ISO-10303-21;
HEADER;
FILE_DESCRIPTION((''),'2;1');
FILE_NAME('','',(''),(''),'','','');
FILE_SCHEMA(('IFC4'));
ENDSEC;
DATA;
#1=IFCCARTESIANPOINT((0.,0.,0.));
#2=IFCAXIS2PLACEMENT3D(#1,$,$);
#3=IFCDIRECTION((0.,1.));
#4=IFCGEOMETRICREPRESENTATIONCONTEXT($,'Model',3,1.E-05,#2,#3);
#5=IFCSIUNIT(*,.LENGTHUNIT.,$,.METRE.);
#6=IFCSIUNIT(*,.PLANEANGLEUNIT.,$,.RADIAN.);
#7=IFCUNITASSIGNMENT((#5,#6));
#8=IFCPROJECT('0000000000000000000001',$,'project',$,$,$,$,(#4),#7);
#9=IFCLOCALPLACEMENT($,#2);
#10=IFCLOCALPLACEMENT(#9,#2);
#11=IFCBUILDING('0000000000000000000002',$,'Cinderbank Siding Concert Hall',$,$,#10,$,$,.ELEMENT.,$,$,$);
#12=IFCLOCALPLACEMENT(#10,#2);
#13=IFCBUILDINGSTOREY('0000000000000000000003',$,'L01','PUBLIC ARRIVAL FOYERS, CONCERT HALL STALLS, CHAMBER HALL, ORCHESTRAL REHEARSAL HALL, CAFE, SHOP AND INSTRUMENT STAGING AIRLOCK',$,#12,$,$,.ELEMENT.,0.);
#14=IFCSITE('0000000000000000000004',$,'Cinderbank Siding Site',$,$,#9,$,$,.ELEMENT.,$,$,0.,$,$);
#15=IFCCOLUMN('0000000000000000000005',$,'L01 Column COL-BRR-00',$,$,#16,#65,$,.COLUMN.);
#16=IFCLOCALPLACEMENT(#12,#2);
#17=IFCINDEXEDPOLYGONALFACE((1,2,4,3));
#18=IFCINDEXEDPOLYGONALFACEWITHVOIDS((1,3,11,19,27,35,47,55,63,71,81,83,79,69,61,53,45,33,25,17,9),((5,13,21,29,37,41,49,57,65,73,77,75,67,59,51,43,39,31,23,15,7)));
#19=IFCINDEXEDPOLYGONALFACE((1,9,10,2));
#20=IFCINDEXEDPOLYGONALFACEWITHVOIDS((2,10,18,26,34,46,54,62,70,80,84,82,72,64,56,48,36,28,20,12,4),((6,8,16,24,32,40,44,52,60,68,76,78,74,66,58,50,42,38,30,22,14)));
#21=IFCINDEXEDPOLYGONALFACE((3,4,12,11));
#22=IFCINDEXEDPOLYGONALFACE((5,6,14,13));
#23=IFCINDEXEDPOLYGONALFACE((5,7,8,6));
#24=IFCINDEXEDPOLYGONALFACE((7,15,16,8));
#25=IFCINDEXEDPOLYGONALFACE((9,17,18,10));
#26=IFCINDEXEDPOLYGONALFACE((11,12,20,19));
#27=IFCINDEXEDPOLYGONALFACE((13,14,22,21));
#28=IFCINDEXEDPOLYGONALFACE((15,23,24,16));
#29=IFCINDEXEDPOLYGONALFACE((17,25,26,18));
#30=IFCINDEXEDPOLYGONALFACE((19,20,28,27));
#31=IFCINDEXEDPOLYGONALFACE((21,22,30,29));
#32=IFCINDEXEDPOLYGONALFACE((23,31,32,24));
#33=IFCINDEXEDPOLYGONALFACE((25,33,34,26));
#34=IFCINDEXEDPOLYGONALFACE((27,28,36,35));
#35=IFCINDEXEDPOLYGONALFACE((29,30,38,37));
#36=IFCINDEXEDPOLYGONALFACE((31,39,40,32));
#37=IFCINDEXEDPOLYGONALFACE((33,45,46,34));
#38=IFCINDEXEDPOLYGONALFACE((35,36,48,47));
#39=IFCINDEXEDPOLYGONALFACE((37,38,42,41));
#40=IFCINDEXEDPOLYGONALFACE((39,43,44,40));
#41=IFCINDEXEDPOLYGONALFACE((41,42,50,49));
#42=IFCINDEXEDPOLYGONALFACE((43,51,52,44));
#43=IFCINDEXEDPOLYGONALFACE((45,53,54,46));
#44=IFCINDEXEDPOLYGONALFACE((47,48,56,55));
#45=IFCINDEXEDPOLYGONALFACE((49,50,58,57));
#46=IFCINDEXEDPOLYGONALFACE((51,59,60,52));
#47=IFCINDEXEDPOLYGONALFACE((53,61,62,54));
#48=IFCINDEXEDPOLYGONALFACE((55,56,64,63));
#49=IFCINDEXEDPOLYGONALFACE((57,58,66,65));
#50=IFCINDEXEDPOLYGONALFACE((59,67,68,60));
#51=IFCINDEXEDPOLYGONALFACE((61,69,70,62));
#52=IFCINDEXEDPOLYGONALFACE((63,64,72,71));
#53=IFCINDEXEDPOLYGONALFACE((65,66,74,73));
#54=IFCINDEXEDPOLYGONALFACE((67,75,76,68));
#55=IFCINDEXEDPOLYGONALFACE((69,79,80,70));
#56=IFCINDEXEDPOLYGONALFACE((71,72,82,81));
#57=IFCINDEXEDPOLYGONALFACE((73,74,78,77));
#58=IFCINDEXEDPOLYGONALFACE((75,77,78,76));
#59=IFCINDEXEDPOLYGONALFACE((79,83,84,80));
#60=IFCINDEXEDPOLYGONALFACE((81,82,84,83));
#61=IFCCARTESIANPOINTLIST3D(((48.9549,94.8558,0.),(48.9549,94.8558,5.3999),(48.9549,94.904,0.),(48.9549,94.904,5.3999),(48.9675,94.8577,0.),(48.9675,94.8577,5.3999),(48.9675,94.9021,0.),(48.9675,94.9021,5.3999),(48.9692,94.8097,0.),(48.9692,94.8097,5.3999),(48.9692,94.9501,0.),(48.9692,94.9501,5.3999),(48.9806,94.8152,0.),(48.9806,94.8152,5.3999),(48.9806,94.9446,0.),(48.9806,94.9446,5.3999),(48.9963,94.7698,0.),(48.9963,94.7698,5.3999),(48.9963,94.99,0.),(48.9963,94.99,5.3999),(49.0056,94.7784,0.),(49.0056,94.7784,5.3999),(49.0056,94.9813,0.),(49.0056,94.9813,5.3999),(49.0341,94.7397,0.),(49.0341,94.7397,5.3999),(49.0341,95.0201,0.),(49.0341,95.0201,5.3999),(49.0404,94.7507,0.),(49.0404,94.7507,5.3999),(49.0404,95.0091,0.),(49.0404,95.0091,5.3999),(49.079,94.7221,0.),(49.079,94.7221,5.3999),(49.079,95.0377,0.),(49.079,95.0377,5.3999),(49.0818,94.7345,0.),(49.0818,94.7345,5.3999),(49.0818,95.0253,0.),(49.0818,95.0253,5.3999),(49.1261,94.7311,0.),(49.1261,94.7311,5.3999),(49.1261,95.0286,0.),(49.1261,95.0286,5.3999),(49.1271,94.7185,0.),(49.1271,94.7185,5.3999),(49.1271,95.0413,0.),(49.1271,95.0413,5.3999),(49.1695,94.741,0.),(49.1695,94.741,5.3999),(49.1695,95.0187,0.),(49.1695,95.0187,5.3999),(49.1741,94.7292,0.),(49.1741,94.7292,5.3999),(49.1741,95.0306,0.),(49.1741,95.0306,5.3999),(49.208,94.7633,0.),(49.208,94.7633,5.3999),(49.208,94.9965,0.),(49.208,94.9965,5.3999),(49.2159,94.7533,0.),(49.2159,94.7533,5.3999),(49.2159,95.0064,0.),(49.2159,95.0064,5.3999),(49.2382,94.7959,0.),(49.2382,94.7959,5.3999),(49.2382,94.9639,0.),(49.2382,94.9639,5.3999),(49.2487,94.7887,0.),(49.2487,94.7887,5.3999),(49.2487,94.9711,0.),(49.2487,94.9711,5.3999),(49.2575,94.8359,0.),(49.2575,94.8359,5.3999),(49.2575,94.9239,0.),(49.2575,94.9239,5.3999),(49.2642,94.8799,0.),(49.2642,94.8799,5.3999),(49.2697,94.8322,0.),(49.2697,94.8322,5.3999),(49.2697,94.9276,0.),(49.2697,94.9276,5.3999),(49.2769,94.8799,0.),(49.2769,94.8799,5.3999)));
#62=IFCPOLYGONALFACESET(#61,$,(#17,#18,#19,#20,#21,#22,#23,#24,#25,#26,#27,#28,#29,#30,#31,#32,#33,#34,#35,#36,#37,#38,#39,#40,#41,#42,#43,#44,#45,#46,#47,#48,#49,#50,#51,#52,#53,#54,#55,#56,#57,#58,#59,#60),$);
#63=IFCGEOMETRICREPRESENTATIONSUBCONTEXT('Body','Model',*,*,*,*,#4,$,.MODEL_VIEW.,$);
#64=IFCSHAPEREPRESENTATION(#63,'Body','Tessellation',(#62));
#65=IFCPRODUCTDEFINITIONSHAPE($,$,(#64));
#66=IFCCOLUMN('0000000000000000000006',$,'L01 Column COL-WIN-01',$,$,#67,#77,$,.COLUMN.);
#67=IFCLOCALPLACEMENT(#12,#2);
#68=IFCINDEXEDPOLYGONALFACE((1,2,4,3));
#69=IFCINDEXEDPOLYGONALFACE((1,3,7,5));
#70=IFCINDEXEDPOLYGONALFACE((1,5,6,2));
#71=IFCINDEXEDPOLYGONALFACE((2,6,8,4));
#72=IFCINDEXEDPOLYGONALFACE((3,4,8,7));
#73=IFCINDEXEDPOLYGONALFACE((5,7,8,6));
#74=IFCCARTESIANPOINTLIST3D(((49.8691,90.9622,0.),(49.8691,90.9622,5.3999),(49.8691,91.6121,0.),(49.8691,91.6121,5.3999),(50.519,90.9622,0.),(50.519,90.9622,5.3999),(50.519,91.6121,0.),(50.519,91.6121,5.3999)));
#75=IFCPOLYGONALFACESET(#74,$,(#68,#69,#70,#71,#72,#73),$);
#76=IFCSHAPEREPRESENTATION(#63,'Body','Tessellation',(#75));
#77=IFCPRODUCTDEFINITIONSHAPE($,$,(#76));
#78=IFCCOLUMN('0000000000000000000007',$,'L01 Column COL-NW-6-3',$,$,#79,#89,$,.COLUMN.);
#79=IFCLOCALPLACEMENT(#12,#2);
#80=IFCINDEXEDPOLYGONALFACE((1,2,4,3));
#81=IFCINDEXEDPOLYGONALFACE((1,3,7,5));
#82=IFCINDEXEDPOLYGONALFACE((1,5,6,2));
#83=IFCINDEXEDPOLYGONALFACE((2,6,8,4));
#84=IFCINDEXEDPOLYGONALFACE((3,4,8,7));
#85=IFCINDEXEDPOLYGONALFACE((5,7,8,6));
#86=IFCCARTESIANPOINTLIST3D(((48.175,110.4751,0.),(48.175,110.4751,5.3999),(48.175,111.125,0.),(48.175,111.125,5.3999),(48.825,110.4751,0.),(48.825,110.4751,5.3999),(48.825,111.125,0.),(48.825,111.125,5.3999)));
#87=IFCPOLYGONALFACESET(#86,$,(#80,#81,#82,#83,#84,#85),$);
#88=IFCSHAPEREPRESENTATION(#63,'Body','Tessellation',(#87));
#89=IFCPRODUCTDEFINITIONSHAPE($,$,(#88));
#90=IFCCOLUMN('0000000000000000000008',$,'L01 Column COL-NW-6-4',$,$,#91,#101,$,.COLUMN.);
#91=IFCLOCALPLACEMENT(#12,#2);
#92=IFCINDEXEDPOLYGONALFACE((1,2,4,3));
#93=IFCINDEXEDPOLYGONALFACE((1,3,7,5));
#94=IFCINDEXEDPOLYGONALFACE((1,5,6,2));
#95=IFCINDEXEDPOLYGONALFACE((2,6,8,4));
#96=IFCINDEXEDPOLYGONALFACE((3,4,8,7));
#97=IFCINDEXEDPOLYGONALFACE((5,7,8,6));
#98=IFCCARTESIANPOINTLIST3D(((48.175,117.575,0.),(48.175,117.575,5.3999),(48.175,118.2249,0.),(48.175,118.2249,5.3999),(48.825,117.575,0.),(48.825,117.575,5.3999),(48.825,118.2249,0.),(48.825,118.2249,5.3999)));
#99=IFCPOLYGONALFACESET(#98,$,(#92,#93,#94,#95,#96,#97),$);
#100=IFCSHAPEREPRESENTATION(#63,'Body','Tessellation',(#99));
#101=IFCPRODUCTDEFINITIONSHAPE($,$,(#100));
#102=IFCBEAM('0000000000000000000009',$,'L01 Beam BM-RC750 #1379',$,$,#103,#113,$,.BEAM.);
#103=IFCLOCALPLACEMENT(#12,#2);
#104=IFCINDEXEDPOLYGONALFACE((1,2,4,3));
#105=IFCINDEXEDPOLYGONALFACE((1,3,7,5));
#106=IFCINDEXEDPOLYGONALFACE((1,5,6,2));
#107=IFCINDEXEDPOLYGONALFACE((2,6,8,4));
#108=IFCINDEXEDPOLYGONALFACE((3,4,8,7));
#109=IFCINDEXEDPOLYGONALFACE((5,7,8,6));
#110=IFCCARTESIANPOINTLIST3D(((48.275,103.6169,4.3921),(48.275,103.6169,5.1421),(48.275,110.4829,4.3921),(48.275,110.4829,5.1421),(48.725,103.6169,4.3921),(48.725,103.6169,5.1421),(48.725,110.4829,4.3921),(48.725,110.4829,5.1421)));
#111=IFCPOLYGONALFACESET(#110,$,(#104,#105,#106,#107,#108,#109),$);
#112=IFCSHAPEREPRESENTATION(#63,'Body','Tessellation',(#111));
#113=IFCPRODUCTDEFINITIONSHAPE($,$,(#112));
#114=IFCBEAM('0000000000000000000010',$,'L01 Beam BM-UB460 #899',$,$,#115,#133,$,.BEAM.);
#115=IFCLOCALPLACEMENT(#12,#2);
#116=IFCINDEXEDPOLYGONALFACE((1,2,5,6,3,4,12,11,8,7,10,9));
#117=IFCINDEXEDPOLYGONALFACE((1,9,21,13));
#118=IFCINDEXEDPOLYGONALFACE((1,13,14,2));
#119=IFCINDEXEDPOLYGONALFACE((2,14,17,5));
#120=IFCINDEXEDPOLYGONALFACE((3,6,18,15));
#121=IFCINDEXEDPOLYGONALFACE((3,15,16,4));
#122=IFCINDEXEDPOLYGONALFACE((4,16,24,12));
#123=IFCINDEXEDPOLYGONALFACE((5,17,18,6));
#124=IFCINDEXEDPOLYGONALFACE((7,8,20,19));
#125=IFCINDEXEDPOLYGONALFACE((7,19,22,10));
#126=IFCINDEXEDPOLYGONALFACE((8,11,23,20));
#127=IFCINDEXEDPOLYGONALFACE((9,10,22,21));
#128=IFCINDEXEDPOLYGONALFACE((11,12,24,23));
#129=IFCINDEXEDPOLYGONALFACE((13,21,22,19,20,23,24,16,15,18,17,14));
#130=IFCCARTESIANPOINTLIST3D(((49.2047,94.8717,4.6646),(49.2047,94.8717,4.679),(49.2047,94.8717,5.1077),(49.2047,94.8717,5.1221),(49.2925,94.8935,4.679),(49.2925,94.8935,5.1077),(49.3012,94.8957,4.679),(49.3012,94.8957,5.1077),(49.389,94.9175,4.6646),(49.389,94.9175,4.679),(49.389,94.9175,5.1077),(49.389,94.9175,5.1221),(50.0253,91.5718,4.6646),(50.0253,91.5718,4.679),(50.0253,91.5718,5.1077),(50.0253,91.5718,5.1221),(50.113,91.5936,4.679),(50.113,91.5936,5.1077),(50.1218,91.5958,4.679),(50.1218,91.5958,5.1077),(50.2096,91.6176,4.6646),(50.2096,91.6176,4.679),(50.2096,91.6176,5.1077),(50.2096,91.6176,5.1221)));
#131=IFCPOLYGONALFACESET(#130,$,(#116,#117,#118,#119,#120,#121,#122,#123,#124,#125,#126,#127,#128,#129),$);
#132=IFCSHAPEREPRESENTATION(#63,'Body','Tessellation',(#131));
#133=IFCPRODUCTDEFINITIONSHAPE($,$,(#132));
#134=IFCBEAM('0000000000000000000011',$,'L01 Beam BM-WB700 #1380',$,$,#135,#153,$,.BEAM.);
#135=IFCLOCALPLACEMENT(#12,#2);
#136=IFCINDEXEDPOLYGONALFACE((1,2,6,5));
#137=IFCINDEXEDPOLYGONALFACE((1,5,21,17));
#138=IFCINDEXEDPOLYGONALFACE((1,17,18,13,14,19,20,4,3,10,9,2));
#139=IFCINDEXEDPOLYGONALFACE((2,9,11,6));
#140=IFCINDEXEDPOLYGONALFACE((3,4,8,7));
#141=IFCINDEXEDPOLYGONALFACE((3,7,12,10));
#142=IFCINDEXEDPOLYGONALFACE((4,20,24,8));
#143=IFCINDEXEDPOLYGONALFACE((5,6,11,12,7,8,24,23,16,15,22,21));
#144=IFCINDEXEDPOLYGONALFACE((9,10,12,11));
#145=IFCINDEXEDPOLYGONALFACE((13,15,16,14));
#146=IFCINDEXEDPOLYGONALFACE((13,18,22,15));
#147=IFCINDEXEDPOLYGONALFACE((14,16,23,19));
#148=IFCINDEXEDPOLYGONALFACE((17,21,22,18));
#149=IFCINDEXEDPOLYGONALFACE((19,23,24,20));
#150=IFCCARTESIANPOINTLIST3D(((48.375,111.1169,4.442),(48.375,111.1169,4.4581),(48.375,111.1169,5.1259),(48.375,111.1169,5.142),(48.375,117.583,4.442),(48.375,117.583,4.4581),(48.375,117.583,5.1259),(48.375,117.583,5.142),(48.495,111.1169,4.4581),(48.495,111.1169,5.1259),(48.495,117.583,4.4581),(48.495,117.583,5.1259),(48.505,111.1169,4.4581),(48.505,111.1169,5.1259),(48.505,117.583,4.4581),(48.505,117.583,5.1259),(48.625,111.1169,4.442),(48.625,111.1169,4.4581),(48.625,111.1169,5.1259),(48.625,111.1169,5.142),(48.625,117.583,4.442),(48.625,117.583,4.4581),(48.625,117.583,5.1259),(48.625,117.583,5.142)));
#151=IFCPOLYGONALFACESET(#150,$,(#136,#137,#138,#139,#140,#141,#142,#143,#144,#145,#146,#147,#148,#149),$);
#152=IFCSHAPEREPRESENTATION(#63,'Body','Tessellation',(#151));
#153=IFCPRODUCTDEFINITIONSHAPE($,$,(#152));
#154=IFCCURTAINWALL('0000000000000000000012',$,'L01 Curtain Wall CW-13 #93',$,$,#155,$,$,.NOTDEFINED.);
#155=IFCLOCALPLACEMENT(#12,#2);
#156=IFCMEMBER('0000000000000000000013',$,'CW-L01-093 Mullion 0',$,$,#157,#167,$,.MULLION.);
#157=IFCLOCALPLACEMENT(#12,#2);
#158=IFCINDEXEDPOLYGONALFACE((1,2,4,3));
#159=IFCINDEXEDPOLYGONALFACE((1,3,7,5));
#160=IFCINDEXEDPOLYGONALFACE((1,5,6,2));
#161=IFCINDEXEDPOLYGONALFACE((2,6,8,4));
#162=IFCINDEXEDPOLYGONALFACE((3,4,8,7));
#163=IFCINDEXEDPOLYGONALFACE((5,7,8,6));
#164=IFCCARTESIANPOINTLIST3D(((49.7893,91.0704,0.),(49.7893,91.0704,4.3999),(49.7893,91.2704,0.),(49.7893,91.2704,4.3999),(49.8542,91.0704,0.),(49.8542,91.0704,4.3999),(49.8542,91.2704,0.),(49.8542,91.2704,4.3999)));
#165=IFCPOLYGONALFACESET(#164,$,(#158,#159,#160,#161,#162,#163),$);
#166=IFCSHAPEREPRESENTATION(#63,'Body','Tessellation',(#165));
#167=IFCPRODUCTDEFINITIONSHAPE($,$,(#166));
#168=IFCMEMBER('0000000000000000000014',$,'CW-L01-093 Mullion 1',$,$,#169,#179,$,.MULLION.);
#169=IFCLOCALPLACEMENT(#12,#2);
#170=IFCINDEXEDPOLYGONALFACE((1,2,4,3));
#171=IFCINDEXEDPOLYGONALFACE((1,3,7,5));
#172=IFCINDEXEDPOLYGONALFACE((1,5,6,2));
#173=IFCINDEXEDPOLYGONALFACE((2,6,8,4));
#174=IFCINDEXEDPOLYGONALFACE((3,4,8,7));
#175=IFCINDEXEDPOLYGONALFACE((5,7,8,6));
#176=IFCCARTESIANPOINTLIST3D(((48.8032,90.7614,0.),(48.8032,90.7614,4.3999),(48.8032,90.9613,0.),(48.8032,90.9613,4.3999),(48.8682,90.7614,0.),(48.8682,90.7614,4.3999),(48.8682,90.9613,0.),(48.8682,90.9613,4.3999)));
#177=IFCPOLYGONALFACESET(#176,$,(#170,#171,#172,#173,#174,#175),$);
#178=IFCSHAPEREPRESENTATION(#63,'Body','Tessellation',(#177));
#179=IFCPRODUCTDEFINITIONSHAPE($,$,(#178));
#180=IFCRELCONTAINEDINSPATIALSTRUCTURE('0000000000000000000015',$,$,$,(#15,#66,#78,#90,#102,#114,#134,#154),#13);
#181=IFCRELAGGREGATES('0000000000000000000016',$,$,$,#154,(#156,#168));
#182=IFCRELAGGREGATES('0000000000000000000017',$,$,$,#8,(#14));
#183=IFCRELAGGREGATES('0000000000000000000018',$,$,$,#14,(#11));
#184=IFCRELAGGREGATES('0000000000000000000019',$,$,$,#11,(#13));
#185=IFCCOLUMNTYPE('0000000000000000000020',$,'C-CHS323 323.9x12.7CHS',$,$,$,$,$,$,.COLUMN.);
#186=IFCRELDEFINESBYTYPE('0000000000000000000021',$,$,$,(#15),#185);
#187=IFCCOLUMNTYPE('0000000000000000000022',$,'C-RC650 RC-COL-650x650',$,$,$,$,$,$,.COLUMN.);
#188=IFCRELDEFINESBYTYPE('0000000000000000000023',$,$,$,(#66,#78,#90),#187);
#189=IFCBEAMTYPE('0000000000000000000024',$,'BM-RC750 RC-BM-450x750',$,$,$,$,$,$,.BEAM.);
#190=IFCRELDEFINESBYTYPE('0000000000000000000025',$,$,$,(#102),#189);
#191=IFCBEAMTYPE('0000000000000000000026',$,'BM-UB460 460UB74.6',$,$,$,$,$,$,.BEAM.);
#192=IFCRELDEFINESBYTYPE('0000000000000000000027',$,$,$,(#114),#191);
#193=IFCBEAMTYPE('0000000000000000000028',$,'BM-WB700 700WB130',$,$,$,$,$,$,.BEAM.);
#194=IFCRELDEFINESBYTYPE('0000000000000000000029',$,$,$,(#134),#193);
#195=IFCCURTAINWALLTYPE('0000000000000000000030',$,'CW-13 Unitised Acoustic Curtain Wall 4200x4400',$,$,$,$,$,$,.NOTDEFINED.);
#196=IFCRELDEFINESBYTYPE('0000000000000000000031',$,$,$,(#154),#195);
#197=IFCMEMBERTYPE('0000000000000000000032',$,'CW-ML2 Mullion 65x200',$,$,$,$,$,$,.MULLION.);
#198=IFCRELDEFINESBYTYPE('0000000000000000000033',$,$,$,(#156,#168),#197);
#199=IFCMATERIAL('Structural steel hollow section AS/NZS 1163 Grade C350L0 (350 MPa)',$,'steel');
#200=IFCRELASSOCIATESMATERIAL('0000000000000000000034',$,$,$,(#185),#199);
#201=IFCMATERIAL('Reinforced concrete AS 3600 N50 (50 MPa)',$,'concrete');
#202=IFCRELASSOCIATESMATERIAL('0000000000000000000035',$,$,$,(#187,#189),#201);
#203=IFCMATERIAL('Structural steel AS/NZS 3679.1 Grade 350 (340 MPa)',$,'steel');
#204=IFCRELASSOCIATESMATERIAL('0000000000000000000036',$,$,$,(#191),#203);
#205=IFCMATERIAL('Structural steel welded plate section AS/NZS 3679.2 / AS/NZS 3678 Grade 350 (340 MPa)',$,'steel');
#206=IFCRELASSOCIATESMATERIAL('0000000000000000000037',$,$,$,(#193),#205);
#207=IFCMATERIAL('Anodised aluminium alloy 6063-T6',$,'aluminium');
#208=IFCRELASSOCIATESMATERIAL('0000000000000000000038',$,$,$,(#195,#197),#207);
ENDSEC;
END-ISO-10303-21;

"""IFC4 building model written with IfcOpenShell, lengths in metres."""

from ifc_helpers import new_model, si_unit, direction, frame, origin, origin_2d, place, context, subcontext, project, spatial, rectangle, hollow_circle, i_section, extrude, material, material_profile, profile_set, type_object, element, aggregate, save


model = new_model("IFC4")

# Units and contexts
model_context = context("Model", 3, precision=1e-05, world=origin(), true_north=direction((0.0, 1.0)))
body_context = subcontext(model_context, "Body", "Model", "MODEL_VIEW")
ifc_project = project(units=[si_unit("LENGTHUNIT", "METRE"), si_unit("PLANEANGLEUNIT", "RADIAN")], contexts=[model_context])

# Site, building, storey
site_placement = place(None, origin())
site = spatial("IfcSite", under=ifc_project, at=site_placement, Name="Cinderbank Siding Site", CompositionType="ELEMENT", RefElevation=0.0)
building_placement = place(site_placement, origin())
building = spatial("IfcBuilding", under=site, at=building_placement, Name="Cinderbank Siding Concert Hall", CompositionType="ELEMENT")
storey_placement = place(building_placement, origin())
storey = spatial("IfcBuildingStorey", under=building, at=storey_placement, Name="L01", Description="PUBLIC ARRIVAL FOYERS, CONCERT HALL STALLS, CHAMBER HALL, ORCHESTRAL REHEARSAL HALL, CAFE, SHOP AND INSTRUMENT STAGING AIRLOCK", CompositionType="ELEMENT", Elevation=0.0)

# Columns
ifc_material_1 = material(Name="Structural steel hollow section AS/NZS 1163 Grade C350L0 (350 MPa)", Category="steel")
ifc_material_profile_1 = material_profile(ifc_material_1, hollow_circle(Radius=0.1619, WallThickness=0.0127, at=origin_2d()), Name="323.9x12.7CHS", Category="LoadBearing")
ifc_profile_set_1 = profile_set([ifc_material_profile_1], Name="Structural steel hollow section AS/NZS 1163 Grade C350L0 (350 MPa)")
column_type_1 = type_object("IfcColumnType", Name="C-CHS323 323.9x12.7CHS", PredefinedType="COLUMN", material=ifc_profile_set_1)
column_placement = place(storey_placement, frame((49.115, 94.8799, 0.0), z_axis=(0.0, 0.0, 1.0), x_axis=(1.0, 0.0, 0.0)))
element("IfcColumn", 1, at=column_placement, inside=storey, type_object=column_type_1, Name="L01 Column COL-BRR-00", PredefinedType="COLUMN", context=body_context, shape_type="SweptSolid", body=[
    extrude(hollow_circle(Radius=0.1619, WallThickness=0.0127, at=origin_2d()), origin(), (0.0, 0.0, 1.0), 5.3999),
])
ifc_material_2 = material(Name="Reinforced concrete AS 3600 N50 (50 MPa)", Category="concrete")
ifc_material_profile_2 = material_profile(ifc_material_2, rectangle(XDim=0.6499, YDim=0.6499, at=origin_2d()), Name="RC-COL-650x650", Category="LoadBearing")
ifc_profile_set_2 = profile_set([ifc_material_profile_2], Name="Reinforced concrete AS 3600 N50 (50 MPa)")
column_type_2 = type_object("IfcColumnType", Name="C-RC650 RC-COL-650x650", PredefinedType="COLUMN", material=ifc_profile_set_2)
for number, where, z_axis, x_axis, name in (
    (2, (50.1941, 91.2871, 0.0), (0.0, 0.0, 1.0), (1.0, 0.0, 0.0), "L01 Column COL-WIN-01"),
    (3, (48.5, 110.8, 0.0), (0.0, 0.0, 1.0), (1.0, 0.0, 0.0), "L01 Column COL-NW-6-3"),
    (4, (48.5, 117.8999, 0.0), (0.0, 0.0, 1.0), (1.0, 0.0, 0.0), "L01 Column COL-NW-6-4"),
):
    element("IfcColumn", number, at=place(storey_placement, frame(where, z_axis=z_axis, x_axis=x_axis)), inside=storey, type_object=column_type_2, Name=name, PredefinedType="COLUMN", context=body_context, shape_type="SweptSolid", body=[
        extrude(rectangle(XDim=0.6499, YDim=0.6499, at=origin_2d()), origin(), (0.0, 0.0, 1.0), 5.3999),
    ])

# Beams
ifc_material_profile_3 = material_profile(ifc_material_2, rectangle(XDim=0.45, YDim=0.75, at=origin_2d()), Name="RC-BM-450x750", Category="LoadBearing")
ifc_profile_set_3 = profile_set([ifc_material_profile_3], Name="Reinforced concrete AS 3600 N50 (50 MPa)")
beam_type_1 = type_object("IfcBeamType", Name="BM-RC750 RC-BM-450x750", PredefinedType="BEAM", material=ifc_profile_set_3)
beam_1_placement = place(storey_placement, frame((48.5, 103.6169, 4.7671), z_axis=(0.0, 1.0, 0.0), x_axis=(-1.0, 0.0, 0.0)))
element("IfcBeam", 5, at=beam_1_placement, inside=storey, type_object=beam_type_1, Name="L01 Beam BM-RC750 #1379", PredefinedType="BEAM", context=body_context, shape_type="SweptSolid", body=[
    extrude(rectangle(XDim=0.45, YDim=0.75, at=origin_2d()), origin(), (0.0, 0.0, 1.0), 6.866),
])
ifc_material_3 = material(Name="Structural steel AS/NZS 3679.1 Grade 350 (340 MPa)", Category="steel")
ifc_material_profile_4 = material_profile(ifc_material_3, i_section(OverallWidth=0.1899, OverallDepth=0.4575, WebThickness=0.009, FlangeThickness=0.0144, at=origin_2d()), Name="460UB74.6", Category="LoadBearing")
ifc_profile_set_4 = profile_set([ifc_material_profile_4], Name="Structural steel AS/NZS 3679.1 Grade 350 (340 MPa)")
beam_type_2 = type_object("IfcBeamType", Name="BM-UB460 460UB74.6", PredefinedType="BEAM", material=ifc_profile_set_4)
beam_2_placement = place(storey_placement, frame((50.1174, 91.5947, 4.8933), z_axis=(-0.241319, 0.970446, 0.0), x_axis=(-0.970446, -0.241319, 0.0)))
element("IfcBeam", 6, at=beam_2_placement, inside=storey, type_object=beam_type_2, Name="L01 Beam BM-UB460 #899", PredefinedType="BEAM", context=body_context, shape_type="SweptSolid", body=[
    extrude(i_section(OverallWidth=0.1899, OverallDepth=0.4575, WebThickness=0.009, FlangeThickness=0.0144, at=origin_2d()), origin(), (0.0, 0.0, 1.0), 3.4004),
])
ifc_material_4 = material(Name="Structural steel welded plate section AS/NZS 3679.2 / AS/NZS 3678 Grade 350 (340 MPa)", Category="steel")
ifc_material_profile_5 = material_profile(ifc_material_4, i_section(OverallWidth=0.25, OverallDepth=0.7, WebThickness=0.01, FlangeThickness=0.0161, at=origin_2d()), Name="700WB130", Category="LoadBearing")
ifc_profile_set_5 = profile_set([ifc_material_profile_5], Name="Structural steel welded plate section AS/NZS 3679.2 / AS/NZS 3678 Grade 350 (340 MPa)")
beam_type_3 = type_object("IfcBeamType", Name="BM-WB700 700WB130", PredefinedType="BEAM", material=ifc_profile_set_5)
beam_3_placement = place(storey_placement, frame((48.5, 111.1169, 4.792), z_axis=(0.0, 1.0, 0.0), x_axis=(-1.0, 0.0, 0.0)))
element("IfcBeam", 7, at=beam_3_placement, inside=storey, type_object=beam_type_3, Name="L01 Beam BM-WB700 #1380", PredefinedType="BEAM", context=body_context, shape_type="SweptSolid", body=[
    extrude(i_section(OverallWidth=0.25, OverallDepth=0.7, WebThickness=0.01, FlangeThickness=0.0161, at=origin_2d()), origin(), (0.0, 0.0, 1.0), 6.4661),
])

# Curtain wall, members
ifc_material_5 = material(Name="Anodised aluminium alloy 6063-T6", Category="aluminium")
curtain_wall_type = type_object("IfcCurtainWallType", Name="CW-13 Unitised Acoustic Curtain Wall 4200x4400", PredefinedType="NOTDEFINED", material=ifc_material_5)
curtain_wall_placement = place(storey_placement, origin())
curtain_wall = element("IfcCurtainWall", 8, at=curtain_wall_placement, inside=storey, type_object=curtain_wall_type, Name="L01 Curtain Wall CW-13 #93", PredefinedType="NOTDEFINED")
ifc_material_profile_6 = material_profile(ifc_material_5, rectangle(XDim=0.0649, YDim=0.2, at=origin_2d()), Name="ALU-MULL-65x200", Category="LoadBearing")
ifc_profile_set_6 = profile_set([ifc_material_profile_6], Name="Anodised aluminium alloy 6063-T6")
member_type_1 = type_object("IfcMemberType", Name="CW-ML2 Mullion 65x200", PredefinedType="MULLION", material=ifc_profile_set_6)
member_1_placement = place(storey_placement, frame((49.8218, 91.1704, 0.0), z_axis=(0.0, 0.0, 1.0), x_axis=(1.0, 0.0, 0.0)))
member_1 = element("IfcMember", 9, at=member_1_placement, type_object=member_type_1, Name="CW-L01-093 Mullion 0", PredefinedType="MULLION", context=body_context, shape_type="SweptSolid", body=[
    extrude(rectangle(XDim=0.0649, YDim=0.2, at=origin_2d()), origin(), (0.0, 0.0, 1.0), 4.3999),
])
member_2_placement = place(storey_placement, frame((48.8357, 90.8613, 0.0), z_axis=(0.0, 0.0, 1.0), x_axis=(1.0, 0.0, 0.0)))
member_2 = element("IfcMember", 10, at=member_2_placement, type_object=member_type_1, Name="CW-L01-093 Mullion 1", PredefinedType="MULLION", context=body_context, shape_type="SweptSolid", body=[
    extrude(rectangle(XDim=0.0649, YDim=0.2, at=origin_2d()), origin(), (0.0, 0.0, 1.0), 4.3999),
])

aggregate(curtain_wall, [member_1, member_2])

save(model, "model.ifc")
